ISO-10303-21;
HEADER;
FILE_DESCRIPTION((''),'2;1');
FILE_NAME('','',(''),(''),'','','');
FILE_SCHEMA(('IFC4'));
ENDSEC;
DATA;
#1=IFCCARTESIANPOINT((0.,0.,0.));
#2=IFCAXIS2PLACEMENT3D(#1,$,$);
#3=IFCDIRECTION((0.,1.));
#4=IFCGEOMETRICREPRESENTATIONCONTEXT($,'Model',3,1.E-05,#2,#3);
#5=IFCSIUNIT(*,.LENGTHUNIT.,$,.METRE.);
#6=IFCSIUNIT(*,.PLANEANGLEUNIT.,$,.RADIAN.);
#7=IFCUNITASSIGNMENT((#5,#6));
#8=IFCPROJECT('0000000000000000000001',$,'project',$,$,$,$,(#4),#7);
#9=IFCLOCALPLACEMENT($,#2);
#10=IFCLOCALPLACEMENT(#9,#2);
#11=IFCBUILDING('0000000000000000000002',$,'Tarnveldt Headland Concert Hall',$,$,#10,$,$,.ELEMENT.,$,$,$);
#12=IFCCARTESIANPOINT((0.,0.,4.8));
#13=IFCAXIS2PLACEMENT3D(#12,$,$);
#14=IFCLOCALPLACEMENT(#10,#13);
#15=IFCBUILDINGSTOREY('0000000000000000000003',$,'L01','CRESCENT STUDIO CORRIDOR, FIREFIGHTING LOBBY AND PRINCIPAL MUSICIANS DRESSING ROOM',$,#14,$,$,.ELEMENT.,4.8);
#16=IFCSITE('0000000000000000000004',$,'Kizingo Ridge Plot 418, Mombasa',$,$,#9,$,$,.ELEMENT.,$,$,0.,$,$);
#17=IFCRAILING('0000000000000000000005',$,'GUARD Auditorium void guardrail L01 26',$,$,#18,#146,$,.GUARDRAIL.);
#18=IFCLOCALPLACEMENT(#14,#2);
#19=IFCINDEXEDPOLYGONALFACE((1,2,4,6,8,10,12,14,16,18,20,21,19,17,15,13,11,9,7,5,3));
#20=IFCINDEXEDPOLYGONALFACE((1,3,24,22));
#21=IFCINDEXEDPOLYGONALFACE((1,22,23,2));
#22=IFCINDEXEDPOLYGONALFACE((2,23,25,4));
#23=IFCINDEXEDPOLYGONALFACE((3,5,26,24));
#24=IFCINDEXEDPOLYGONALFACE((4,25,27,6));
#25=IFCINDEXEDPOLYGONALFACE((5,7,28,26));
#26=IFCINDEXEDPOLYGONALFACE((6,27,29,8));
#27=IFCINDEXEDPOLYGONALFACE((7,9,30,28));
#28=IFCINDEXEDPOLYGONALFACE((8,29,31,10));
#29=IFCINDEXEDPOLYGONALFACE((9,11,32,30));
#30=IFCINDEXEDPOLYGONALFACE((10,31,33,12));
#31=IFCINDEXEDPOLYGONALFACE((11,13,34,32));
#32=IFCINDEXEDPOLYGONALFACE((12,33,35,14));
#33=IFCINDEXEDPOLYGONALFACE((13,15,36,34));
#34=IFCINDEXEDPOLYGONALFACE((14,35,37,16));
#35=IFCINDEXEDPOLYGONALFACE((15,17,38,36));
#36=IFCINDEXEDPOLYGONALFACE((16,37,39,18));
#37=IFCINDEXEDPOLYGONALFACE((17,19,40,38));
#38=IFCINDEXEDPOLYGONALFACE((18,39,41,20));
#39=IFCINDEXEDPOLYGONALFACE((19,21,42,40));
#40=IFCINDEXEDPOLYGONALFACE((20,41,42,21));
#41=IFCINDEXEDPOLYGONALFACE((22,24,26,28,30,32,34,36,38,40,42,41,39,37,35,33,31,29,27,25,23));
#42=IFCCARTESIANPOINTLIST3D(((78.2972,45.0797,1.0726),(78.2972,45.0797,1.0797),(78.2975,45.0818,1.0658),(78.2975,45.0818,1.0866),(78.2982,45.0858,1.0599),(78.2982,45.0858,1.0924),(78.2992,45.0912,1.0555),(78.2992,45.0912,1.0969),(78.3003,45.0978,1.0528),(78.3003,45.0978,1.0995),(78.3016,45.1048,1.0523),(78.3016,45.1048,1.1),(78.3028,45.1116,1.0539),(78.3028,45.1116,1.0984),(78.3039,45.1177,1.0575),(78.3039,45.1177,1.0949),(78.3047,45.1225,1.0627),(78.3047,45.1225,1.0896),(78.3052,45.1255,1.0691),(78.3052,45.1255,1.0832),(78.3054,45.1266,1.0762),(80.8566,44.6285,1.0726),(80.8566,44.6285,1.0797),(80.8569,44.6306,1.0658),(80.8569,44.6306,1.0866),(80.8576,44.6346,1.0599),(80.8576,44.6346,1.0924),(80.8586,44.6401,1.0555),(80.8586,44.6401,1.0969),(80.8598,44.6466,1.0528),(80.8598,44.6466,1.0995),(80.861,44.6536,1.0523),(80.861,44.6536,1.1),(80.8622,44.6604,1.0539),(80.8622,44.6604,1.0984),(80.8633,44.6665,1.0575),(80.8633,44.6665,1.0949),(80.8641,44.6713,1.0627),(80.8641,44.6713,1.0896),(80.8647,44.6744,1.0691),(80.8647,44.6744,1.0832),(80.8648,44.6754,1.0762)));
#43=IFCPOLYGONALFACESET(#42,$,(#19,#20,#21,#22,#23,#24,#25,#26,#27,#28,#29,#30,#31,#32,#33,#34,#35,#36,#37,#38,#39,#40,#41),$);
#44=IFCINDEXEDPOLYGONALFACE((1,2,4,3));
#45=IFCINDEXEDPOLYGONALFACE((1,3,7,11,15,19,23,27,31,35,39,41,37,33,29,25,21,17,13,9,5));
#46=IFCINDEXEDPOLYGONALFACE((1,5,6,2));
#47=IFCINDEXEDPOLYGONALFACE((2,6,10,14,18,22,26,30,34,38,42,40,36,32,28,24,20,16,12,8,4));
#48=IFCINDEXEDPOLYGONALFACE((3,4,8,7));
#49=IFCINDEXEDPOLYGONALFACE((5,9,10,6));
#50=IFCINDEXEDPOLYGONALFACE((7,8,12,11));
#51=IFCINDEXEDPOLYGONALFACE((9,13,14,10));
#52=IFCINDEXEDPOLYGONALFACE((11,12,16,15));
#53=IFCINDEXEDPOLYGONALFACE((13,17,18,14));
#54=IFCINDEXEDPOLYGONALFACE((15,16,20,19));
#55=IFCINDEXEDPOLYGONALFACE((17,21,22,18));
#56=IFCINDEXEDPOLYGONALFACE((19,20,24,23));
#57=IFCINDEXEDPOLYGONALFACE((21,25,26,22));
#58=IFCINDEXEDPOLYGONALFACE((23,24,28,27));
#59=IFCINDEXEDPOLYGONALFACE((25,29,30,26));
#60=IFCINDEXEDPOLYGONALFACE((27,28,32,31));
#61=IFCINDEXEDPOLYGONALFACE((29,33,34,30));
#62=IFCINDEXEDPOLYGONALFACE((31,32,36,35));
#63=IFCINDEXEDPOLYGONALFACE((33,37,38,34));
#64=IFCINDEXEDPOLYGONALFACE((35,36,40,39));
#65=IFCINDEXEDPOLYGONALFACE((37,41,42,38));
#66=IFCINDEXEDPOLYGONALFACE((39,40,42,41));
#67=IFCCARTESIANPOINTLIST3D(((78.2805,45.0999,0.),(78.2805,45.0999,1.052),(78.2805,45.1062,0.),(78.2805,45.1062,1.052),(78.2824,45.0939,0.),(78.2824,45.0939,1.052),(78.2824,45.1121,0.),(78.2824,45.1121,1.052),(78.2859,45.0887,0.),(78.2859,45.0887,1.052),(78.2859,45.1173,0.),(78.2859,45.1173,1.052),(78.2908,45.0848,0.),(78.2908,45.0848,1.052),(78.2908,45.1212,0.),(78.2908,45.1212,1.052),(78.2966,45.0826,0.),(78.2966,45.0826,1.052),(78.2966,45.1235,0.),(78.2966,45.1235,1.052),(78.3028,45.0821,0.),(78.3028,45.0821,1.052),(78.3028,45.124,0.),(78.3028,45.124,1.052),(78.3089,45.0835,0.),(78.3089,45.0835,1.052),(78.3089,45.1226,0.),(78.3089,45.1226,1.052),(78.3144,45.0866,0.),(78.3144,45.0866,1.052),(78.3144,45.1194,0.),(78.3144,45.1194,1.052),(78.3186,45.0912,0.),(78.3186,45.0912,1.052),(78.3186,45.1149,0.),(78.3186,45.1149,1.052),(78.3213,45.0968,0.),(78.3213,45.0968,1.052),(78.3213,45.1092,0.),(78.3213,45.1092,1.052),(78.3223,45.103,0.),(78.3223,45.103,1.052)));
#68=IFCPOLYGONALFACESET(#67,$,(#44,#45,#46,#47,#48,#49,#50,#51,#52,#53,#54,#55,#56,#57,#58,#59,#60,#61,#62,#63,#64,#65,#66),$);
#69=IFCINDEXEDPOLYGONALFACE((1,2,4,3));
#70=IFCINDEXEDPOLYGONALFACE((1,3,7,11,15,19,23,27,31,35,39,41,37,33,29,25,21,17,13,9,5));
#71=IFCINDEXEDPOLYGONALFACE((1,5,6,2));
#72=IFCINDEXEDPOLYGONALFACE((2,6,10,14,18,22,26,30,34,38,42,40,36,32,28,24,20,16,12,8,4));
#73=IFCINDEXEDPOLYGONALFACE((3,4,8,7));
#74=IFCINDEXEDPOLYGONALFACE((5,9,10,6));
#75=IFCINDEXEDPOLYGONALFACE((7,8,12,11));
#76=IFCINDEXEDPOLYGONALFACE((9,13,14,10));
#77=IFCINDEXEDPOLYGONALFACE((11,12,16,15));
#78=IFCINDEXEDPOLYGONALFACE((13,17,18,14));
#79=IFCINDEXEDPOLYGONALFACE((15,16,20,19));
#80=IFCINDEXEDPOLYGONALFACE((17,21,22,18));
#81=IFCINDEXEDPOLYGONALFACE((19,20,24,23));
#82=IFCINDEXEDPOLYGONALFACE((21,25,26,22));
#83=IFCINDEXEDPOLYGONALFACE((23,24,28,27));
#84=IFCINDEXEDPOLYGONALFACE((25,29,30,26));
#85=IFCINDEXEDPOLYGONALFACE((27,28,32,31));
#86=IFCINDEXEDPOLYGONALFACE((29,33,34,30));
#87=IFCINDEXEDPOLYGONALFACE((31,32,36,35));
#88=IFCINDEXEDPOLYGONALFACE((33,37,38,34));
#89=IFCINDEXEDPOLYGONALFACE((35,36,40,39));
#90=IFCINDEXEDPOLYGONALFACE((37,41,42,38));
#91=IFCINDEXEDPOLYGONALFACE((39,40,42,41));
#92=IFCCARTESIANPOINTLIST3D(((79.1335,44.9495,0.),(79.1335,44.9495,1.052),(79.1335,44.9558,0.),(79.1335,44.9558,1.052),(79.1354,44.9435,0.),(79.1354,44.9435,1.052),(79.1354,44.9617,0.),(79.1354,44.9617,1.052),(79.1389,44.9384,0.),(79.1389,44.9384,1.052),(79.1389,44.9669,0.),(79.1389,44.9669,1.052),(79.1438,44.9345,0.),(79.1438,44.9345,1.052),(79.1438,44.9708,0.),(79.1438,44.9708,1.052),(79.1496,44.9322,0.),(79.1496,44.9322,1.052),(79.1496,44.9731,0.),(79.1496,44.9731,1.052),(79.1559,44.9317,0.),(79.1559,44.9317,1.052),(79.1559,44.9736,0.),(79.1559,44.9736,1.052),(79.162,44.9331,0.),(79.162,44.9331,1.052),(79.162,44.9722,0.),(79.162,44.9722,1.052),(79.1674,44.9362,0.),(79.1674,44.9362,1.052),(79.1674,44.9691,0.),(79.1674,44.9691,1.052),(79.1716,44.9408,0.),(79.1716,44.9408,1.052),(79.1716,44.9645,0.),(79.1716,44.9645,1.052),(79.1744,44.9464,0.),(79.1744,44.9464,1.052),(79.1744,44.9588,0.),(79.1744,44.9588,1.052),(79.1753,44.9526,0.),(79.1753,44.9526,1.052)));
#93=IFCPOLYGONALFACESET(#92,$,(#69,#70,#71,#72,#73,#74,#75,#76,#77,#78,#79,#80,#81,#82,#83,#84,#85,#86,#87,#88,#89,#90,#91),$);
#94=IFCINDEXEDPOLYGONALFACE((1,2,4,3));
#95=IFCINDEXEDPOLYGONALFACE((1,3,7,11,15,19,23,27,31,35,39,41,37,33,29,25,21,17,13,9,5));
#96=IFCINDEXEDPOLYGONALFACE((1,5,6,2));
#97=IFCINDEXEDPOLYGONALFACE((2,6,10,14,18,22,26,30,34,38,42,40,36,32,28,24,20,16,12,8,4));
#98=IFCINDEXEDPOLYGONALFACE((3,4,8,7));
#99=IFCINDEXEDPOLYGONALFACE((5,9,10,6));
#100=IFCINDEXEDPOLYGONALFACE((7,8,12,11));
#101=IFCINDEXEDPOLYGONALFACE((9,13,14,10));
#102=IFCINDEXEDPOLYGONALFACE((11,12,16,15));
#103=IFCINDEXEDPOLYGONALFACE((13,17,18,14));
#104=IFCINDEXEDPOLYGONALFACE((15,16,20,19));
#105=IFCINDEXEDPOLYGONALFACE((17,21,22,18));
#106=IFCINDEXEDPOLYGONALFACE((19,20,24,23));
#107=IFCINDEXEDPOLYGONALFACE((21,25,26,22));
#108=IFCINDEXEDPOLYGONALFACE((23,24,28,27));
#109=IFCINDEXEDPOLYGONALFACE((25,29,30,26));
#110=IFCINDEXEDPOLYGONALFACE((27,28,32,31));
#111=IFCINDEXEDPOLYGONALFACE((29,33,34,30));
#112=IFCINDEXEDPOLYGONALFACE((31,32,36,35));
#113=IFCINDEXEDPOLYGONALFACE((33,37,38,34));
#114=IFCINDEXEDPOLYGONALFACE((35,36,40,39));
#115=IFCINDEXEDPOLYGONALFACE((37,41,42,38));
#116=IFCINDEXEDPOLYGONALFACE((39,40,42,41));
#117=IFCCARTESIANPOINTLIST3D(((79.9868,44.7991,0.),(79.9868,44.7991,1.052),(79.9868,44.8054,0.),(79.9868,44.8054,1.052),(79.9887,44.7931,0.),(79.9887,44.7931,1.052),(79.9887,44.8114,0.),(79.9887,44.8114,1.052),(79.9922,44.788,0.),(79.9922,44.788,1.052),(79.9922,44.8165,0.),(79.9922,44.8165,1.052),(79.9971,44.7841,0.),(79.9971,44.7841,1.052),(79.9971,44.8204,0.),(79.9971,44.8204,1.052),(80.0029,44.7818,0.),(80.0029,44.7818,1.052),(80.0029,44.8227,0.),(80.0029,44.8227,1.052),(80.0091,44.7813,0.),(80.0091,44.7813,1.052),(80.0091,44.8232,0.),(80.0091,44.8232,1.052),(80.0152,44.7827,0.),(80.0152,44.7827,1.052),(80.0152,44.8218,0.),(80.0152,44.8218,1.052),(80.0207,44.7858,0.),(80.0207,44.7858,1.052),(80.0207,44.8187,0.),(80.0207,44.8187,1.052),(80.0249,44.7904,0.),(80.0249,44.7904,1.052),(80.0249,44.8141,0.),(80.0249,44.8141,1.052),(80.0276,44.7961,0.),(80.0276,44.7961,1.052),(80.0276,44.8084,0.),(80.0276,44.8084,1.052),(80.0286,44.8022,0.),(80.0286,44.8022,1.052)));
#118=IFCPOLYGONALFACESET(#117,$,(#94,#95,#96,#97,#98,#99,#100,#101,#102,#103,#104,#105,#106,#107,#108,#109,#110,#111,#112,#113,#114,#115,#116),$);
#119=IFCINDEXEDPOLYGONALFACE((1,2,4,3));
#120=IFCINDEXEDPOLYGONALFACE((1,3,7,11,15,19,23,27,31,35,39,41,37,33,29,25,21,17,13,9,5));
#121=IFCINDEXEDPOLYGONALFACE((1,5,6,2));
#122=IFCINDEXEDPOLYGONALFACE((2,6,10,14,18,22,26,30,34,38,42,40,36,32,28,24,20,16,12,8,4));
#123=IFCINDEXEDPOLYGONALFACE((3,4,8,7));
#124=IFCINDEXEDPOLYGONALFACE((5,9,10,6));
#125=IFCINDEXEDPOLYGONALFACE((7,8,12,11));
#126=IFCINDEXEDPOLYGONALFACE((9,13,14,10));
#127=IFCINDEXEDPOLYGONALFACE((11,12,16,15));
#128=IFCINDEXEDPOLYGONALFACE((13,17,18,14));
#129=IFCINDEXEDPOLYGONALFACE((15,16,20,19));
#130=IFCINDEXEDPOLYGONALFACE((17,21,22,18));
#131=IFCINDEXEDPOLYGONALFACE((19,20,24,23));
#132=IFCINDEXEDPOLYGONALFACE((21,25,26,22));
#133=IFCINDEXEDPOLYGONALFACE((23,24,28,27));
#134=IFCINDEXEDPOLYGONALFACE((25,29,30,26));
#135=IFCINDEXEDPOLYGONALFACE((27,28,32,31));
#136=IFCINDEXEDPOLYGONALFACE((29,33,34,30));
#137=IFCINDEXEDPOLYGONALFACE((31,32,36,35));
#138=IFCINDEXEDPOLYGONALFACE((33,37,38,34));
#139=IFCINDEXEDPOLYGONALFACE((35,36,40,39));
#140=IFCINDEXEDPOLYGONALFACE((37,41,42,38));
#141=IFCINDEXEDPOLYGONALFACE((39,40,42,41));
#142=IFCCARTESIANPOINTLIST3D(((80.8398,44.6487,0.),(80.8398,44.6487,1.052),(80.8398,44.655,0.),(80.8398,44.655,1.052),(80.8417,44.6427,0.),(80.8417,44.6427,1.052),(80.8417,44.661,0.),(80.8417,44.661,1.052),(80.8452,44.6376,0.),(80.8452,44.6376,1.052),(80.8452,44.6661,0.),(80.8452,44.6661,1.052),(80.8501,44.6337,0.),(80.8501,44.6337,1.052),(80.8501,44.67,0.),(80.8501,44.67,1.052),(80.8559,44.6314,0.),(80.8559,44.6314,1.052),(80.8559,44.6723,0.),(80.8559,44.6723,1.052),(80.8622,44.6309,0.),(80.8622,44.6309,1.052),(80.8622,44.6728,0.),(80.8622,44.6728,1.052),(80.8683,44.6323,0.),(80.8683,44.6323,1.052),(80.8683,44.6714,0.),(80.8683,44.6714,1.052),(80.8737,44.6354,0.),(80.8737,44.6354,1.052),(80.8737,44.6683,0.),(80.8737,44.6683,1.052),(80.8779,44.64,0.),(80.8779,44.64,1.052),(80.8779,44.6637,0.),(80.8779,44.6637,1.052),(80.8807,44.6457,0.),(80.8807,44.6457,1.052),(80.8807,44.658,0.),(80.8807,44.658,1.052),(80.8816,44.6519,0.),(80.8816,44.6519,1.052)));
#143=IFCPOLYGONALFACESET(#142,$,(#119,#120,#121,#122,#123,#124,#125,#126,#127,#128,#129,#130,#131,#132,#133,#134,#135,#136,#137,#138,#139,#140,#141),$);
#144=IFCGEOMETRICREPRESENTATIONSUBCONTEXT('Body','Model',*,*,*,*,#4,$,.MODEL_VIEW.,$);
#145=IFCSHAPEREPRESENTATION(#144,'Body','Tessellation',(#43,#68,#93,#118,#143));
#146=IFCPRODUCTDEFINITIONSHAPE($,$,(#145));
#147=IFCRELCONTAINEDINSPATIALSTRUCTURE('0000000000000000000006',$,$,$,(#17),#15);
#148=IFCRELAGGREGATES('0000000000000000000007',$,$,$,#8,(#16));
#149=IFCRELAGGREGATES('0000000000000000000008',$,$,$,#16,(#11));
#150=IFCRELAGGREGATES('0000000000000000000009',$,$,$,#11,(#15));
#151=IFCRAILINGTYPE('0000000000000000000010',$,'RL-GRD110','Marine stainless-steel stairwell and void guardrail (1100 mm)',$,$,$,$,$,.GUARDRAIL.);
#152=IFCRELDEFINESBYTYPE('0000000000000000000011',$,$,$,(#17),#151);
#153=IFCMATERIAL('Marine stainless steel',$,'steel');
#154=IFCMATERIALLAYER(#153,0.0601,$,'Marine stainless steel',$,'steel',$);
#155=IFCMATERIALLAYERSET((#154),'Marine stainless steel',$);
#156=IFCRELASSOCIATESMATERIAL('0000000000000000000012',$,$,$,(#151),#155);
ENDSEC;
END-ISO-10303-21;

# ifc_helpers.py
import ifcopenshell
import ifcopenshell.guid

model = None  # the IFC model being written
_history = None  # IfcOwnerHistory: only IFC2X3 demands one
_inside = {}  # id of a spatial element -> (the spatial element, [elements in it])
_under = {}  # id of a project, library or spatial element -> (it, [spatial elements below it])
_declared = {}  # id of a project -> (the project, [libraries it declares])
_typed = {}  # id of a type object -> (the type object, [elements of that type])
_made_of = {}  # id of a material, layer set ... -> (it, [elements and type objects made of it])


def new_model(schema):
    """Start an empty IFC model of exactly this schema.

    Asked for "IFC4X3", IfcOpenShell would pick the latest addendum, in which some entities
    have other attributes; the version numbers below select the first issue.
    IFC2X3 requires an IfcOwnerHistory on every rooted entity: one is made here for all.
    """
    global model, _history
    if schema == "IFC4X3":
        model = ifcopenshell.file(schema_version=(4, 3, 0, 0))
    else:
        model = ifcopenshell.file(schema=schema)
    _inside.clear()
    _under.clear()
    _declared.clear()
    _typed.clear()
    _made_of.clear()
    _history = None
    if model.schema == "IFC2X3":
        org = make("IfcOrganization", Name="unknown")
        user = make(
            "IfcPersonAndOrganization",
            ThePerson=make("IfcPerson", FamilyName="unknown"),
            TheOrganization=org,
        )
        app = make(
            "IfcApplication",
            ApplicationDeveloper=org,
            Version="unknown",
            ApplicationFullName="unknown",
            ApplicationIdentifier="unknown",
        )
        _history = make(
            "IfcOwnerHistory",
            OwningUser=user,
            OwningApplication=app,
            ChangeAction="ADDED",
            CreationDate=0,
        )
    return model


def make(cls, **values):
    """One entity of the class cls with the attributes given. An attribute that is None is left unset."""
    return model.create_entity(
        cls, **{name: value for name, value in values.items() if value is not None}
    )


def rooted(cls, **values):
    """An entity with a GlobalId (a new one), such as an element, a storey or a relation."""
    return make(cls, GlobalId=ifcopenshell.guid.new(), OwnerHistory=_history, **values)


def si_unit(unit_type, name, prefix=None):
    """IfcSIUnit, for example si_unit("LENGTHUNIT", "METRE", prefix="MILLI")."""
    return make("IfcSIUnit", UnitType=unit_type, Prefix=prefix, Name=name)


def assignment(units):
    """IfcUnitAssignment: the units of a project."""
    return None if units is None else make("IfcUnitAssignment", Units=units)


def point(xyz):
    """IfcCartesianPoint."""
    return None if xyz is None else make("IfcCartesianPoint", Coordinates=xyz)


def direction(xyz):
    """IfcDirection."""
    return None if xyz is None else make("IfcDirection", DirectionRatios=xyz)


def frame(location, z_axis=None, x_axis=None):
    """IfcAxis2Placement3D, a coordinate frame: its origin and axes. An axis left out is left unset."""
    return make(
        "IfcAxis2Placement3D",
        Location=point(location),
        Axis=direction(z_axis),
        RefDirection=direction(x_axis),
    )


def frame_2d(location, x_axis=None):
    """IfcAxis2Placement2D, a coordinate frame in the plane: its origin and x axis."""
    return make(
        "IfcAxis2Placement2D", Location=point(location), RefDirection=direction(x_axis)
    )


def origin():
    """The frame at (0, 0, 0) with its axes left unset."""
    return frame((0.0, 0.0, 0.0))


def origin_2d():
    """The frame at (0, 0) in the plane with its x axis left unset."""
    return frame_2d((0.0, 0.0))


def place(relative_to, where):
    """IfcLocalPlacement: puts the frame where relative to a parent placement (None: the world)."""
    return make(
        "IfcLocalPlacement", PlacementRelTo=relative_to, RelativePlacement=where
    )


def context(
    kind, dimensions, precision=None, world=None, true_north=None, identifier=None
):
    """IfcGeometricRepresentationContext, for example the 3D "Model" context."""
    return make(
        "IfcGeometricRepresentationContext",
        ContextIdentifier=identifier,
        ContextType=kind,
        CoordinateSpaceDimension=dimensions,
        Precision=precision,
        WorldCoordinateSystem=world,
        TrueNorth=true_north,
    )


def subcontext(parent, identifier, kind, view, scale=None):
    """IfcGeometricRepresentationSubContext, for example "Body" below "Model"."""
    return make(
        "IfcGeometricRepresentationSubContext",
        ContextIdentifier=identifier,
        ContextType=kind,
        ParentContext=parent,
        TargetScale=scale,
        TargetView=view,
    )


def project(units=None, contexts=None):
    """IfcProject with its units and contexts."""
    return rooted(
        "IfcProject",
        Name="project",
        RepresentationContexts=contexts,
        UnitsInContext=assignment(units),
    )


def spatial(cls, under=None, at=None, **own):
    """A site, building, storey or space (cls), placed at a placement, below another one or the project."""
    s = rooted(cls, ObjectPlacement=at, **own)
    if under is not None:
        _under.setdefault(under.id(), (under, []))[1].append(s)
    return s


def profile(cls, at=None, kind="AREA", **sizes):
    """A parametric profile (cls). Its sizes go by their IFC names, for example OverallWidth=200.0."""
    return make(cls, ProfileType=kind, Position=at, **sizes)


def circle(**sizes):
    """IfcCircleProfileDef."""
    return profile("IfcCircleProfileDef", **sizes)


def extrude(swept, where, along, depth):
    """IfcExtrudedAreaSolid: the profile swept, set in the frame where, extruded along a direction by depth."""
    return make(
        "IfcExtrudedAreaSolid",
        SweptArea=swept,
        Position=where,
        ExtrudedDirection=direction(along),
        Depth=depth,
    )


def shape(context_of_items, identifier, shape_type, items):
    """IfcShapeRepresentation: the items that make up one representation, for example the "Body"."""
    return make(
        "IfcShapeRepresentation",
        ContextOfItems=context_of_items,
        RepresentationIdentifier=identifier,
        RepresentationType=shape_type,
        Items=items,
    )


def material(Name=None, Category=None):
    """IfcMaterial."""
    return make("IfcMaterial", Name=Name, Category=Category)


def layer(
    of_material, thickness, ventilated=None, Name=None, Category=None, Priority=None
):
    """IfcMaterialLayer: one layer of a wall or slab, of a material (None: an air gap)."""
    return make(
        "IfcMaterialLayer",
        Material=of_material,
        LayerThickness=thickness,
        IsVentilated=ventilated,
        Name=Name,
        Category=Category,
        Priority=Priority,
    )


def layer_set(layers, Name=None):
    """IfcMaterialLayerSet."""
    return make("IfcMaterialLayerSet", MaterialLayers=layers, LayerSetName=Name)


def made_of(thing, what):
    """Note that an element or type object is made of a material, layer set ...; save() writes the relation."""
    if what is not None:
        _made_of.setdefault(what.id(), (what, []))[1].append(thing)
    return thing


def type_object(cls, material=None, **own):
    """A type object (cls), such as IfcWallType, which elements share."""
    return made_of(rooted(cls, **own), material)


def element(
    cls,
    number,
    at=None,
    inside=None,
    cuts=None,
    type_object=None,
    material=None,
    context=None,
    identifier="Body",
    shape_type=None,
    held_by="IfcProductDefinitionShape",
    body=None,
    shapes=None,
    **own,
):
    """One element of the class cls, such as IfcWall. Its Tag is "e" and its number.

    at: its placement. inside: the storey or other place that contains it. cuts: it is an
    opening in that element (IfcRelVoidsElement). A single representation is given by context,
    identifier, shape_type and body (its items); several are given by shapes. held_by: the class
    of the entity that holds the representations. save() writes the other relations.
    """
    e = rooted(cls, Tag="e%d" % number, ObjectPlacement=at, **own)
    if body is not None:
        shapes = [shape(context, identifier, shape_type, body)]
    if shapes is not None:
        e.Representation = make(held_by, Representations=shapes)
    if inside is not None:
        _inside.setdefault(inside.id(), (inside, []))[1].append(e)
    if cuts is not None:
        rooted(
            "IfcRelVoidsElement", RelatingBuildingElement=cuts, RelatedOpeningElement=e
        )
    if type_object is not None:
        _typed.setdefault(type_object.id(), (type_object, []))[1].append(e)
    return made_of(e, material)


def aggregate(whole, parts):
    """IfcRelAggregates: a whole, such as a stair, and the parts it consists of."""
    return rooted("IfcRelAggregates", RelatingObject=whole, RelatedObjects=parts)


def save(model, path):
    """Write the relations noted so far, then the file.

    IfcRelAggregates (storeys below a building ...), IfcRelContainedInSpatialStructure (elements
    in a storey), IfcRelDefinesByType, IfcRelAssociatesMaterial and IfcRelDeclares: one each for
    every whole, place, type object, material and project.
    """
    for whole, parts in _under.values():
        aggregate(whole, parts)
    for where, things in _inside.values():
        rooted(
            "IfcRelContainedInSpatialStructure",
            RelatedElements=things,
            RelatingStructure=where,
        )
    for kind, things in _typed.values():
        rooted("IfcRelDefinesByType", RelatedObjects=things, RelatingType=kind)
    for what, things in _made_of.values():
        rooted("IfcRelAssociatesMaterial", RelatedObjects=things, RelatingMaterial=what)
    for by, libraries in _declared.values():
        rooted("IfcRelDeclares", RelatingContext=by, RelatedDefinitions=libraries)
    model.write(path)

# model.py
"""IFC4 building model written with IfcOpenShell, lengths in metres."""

from ifc_helpers import new_model, si_unit, direction, frame, origin, origin_2d, place, context, subcontext, project, spatial, circle, extrude, material, layer, layer_set, type_object, element, save


model = new_model("IFC4")

# Units and contexts
model_context = context("Model", 3, precision=1e-05, world=origin(), true_north=direction((0.0, 1.0)))
body_context = subcontext(model_context, "Body", "Model", "MODEL_VIEW")
ifc_project = project(units=[si_unit("LENGTHUNIT", "METRE"), si_unit("PLANEANGLEUNIT", "RADIAN")], contexts=[model_context])

# Site, building, storey
site_placement = place(None, origin())
site = spatial("IfcSite", under=ifc_project, at=site_placement, Name="Kizingo Ridge Plot 418, Mombasa", CompositionType="ELEMENT", RefElevation=0.0)
building_placement = place(site_placement, origin())
building = spatial("IfcBuilding", under=site, at=building_placement, Name="Tarnveldt Headland Concert Hall", CompositionType="ELEMENT")
storey_placement = place(building_placement, frame((0.0, 0.0, 4.8)))
storey = spatial("IfcBuildingStorey", under=building, at=storey_placement, Name="L01", Description="CRESCENT STUDIO CORRIDOR, FIREFIGHTING LOBBY AND PRINCIPAL MUSICIANS DRESSING ROOM", CompositionType="ELEMENT", Elevation=4.8)

# Railing
ifc_material_1 = material(Name="Marine stainless steel", Category="steel")
ifc_layer_1 = layer(ifc_material_1, 0.0601, Name="Marine stainless steel", Category="steel")
ifc_layer_set_1 = layer_set([ifc_layer_1], Name="Marine stainless steel")
railing_type = type_object("IfcRailingType", Name="RL-GRD110", Description="Marine stainless-steel stairwell and void guardrail (1100 mm)", PredefinedType="GUARDRAIL", material=ifc_layer_set_1)
railing_1_placement = place(storey_placement, frame((78.3013, 45.103, 0.0)))
element("IfcRailing", 1, at=railing_1_placement, inside=storey, type_object=railing_type, Name="GUARD Auditorium void guardrail L01 26", PredefinedType="GUARDRAIL", context=body_context, shape_type="SweptSolid", body=[
    extrude(circle(Radius=0.0239, at=origin_2d()), frame((0.0, 0.0, 1.0762), z_axis=(0.984815, -0.173608, 0.0), x_axis=(0.173608, 0.984815, 0.0)), (0.0, 0.0, 1.0), 2.5989),
    extrude(circle(Radius=0.021, at=origin_2d()), origin(), (0.0, 0.0, 1.0), 1.052),
    extrude(circle(Radius=0.021, at=origin_2d()), frame((0.853, -0.1504, 0.0)), (0.0, 0.0, 1.0), 1.052),
    extrude(circle(Radius=0.021, at=origin_2d()), frame((1.7063, -0.3008, 0.0)), (0.0, 0.0, 1.0), 1.052),
    extrude(circle(Radius=0.021, at=origin_2d()), frame((2.5593, -0.4512, 0.0)), (0.0, 0.0, 1.0), 1.052),
])

save(model, "model.ifc")
